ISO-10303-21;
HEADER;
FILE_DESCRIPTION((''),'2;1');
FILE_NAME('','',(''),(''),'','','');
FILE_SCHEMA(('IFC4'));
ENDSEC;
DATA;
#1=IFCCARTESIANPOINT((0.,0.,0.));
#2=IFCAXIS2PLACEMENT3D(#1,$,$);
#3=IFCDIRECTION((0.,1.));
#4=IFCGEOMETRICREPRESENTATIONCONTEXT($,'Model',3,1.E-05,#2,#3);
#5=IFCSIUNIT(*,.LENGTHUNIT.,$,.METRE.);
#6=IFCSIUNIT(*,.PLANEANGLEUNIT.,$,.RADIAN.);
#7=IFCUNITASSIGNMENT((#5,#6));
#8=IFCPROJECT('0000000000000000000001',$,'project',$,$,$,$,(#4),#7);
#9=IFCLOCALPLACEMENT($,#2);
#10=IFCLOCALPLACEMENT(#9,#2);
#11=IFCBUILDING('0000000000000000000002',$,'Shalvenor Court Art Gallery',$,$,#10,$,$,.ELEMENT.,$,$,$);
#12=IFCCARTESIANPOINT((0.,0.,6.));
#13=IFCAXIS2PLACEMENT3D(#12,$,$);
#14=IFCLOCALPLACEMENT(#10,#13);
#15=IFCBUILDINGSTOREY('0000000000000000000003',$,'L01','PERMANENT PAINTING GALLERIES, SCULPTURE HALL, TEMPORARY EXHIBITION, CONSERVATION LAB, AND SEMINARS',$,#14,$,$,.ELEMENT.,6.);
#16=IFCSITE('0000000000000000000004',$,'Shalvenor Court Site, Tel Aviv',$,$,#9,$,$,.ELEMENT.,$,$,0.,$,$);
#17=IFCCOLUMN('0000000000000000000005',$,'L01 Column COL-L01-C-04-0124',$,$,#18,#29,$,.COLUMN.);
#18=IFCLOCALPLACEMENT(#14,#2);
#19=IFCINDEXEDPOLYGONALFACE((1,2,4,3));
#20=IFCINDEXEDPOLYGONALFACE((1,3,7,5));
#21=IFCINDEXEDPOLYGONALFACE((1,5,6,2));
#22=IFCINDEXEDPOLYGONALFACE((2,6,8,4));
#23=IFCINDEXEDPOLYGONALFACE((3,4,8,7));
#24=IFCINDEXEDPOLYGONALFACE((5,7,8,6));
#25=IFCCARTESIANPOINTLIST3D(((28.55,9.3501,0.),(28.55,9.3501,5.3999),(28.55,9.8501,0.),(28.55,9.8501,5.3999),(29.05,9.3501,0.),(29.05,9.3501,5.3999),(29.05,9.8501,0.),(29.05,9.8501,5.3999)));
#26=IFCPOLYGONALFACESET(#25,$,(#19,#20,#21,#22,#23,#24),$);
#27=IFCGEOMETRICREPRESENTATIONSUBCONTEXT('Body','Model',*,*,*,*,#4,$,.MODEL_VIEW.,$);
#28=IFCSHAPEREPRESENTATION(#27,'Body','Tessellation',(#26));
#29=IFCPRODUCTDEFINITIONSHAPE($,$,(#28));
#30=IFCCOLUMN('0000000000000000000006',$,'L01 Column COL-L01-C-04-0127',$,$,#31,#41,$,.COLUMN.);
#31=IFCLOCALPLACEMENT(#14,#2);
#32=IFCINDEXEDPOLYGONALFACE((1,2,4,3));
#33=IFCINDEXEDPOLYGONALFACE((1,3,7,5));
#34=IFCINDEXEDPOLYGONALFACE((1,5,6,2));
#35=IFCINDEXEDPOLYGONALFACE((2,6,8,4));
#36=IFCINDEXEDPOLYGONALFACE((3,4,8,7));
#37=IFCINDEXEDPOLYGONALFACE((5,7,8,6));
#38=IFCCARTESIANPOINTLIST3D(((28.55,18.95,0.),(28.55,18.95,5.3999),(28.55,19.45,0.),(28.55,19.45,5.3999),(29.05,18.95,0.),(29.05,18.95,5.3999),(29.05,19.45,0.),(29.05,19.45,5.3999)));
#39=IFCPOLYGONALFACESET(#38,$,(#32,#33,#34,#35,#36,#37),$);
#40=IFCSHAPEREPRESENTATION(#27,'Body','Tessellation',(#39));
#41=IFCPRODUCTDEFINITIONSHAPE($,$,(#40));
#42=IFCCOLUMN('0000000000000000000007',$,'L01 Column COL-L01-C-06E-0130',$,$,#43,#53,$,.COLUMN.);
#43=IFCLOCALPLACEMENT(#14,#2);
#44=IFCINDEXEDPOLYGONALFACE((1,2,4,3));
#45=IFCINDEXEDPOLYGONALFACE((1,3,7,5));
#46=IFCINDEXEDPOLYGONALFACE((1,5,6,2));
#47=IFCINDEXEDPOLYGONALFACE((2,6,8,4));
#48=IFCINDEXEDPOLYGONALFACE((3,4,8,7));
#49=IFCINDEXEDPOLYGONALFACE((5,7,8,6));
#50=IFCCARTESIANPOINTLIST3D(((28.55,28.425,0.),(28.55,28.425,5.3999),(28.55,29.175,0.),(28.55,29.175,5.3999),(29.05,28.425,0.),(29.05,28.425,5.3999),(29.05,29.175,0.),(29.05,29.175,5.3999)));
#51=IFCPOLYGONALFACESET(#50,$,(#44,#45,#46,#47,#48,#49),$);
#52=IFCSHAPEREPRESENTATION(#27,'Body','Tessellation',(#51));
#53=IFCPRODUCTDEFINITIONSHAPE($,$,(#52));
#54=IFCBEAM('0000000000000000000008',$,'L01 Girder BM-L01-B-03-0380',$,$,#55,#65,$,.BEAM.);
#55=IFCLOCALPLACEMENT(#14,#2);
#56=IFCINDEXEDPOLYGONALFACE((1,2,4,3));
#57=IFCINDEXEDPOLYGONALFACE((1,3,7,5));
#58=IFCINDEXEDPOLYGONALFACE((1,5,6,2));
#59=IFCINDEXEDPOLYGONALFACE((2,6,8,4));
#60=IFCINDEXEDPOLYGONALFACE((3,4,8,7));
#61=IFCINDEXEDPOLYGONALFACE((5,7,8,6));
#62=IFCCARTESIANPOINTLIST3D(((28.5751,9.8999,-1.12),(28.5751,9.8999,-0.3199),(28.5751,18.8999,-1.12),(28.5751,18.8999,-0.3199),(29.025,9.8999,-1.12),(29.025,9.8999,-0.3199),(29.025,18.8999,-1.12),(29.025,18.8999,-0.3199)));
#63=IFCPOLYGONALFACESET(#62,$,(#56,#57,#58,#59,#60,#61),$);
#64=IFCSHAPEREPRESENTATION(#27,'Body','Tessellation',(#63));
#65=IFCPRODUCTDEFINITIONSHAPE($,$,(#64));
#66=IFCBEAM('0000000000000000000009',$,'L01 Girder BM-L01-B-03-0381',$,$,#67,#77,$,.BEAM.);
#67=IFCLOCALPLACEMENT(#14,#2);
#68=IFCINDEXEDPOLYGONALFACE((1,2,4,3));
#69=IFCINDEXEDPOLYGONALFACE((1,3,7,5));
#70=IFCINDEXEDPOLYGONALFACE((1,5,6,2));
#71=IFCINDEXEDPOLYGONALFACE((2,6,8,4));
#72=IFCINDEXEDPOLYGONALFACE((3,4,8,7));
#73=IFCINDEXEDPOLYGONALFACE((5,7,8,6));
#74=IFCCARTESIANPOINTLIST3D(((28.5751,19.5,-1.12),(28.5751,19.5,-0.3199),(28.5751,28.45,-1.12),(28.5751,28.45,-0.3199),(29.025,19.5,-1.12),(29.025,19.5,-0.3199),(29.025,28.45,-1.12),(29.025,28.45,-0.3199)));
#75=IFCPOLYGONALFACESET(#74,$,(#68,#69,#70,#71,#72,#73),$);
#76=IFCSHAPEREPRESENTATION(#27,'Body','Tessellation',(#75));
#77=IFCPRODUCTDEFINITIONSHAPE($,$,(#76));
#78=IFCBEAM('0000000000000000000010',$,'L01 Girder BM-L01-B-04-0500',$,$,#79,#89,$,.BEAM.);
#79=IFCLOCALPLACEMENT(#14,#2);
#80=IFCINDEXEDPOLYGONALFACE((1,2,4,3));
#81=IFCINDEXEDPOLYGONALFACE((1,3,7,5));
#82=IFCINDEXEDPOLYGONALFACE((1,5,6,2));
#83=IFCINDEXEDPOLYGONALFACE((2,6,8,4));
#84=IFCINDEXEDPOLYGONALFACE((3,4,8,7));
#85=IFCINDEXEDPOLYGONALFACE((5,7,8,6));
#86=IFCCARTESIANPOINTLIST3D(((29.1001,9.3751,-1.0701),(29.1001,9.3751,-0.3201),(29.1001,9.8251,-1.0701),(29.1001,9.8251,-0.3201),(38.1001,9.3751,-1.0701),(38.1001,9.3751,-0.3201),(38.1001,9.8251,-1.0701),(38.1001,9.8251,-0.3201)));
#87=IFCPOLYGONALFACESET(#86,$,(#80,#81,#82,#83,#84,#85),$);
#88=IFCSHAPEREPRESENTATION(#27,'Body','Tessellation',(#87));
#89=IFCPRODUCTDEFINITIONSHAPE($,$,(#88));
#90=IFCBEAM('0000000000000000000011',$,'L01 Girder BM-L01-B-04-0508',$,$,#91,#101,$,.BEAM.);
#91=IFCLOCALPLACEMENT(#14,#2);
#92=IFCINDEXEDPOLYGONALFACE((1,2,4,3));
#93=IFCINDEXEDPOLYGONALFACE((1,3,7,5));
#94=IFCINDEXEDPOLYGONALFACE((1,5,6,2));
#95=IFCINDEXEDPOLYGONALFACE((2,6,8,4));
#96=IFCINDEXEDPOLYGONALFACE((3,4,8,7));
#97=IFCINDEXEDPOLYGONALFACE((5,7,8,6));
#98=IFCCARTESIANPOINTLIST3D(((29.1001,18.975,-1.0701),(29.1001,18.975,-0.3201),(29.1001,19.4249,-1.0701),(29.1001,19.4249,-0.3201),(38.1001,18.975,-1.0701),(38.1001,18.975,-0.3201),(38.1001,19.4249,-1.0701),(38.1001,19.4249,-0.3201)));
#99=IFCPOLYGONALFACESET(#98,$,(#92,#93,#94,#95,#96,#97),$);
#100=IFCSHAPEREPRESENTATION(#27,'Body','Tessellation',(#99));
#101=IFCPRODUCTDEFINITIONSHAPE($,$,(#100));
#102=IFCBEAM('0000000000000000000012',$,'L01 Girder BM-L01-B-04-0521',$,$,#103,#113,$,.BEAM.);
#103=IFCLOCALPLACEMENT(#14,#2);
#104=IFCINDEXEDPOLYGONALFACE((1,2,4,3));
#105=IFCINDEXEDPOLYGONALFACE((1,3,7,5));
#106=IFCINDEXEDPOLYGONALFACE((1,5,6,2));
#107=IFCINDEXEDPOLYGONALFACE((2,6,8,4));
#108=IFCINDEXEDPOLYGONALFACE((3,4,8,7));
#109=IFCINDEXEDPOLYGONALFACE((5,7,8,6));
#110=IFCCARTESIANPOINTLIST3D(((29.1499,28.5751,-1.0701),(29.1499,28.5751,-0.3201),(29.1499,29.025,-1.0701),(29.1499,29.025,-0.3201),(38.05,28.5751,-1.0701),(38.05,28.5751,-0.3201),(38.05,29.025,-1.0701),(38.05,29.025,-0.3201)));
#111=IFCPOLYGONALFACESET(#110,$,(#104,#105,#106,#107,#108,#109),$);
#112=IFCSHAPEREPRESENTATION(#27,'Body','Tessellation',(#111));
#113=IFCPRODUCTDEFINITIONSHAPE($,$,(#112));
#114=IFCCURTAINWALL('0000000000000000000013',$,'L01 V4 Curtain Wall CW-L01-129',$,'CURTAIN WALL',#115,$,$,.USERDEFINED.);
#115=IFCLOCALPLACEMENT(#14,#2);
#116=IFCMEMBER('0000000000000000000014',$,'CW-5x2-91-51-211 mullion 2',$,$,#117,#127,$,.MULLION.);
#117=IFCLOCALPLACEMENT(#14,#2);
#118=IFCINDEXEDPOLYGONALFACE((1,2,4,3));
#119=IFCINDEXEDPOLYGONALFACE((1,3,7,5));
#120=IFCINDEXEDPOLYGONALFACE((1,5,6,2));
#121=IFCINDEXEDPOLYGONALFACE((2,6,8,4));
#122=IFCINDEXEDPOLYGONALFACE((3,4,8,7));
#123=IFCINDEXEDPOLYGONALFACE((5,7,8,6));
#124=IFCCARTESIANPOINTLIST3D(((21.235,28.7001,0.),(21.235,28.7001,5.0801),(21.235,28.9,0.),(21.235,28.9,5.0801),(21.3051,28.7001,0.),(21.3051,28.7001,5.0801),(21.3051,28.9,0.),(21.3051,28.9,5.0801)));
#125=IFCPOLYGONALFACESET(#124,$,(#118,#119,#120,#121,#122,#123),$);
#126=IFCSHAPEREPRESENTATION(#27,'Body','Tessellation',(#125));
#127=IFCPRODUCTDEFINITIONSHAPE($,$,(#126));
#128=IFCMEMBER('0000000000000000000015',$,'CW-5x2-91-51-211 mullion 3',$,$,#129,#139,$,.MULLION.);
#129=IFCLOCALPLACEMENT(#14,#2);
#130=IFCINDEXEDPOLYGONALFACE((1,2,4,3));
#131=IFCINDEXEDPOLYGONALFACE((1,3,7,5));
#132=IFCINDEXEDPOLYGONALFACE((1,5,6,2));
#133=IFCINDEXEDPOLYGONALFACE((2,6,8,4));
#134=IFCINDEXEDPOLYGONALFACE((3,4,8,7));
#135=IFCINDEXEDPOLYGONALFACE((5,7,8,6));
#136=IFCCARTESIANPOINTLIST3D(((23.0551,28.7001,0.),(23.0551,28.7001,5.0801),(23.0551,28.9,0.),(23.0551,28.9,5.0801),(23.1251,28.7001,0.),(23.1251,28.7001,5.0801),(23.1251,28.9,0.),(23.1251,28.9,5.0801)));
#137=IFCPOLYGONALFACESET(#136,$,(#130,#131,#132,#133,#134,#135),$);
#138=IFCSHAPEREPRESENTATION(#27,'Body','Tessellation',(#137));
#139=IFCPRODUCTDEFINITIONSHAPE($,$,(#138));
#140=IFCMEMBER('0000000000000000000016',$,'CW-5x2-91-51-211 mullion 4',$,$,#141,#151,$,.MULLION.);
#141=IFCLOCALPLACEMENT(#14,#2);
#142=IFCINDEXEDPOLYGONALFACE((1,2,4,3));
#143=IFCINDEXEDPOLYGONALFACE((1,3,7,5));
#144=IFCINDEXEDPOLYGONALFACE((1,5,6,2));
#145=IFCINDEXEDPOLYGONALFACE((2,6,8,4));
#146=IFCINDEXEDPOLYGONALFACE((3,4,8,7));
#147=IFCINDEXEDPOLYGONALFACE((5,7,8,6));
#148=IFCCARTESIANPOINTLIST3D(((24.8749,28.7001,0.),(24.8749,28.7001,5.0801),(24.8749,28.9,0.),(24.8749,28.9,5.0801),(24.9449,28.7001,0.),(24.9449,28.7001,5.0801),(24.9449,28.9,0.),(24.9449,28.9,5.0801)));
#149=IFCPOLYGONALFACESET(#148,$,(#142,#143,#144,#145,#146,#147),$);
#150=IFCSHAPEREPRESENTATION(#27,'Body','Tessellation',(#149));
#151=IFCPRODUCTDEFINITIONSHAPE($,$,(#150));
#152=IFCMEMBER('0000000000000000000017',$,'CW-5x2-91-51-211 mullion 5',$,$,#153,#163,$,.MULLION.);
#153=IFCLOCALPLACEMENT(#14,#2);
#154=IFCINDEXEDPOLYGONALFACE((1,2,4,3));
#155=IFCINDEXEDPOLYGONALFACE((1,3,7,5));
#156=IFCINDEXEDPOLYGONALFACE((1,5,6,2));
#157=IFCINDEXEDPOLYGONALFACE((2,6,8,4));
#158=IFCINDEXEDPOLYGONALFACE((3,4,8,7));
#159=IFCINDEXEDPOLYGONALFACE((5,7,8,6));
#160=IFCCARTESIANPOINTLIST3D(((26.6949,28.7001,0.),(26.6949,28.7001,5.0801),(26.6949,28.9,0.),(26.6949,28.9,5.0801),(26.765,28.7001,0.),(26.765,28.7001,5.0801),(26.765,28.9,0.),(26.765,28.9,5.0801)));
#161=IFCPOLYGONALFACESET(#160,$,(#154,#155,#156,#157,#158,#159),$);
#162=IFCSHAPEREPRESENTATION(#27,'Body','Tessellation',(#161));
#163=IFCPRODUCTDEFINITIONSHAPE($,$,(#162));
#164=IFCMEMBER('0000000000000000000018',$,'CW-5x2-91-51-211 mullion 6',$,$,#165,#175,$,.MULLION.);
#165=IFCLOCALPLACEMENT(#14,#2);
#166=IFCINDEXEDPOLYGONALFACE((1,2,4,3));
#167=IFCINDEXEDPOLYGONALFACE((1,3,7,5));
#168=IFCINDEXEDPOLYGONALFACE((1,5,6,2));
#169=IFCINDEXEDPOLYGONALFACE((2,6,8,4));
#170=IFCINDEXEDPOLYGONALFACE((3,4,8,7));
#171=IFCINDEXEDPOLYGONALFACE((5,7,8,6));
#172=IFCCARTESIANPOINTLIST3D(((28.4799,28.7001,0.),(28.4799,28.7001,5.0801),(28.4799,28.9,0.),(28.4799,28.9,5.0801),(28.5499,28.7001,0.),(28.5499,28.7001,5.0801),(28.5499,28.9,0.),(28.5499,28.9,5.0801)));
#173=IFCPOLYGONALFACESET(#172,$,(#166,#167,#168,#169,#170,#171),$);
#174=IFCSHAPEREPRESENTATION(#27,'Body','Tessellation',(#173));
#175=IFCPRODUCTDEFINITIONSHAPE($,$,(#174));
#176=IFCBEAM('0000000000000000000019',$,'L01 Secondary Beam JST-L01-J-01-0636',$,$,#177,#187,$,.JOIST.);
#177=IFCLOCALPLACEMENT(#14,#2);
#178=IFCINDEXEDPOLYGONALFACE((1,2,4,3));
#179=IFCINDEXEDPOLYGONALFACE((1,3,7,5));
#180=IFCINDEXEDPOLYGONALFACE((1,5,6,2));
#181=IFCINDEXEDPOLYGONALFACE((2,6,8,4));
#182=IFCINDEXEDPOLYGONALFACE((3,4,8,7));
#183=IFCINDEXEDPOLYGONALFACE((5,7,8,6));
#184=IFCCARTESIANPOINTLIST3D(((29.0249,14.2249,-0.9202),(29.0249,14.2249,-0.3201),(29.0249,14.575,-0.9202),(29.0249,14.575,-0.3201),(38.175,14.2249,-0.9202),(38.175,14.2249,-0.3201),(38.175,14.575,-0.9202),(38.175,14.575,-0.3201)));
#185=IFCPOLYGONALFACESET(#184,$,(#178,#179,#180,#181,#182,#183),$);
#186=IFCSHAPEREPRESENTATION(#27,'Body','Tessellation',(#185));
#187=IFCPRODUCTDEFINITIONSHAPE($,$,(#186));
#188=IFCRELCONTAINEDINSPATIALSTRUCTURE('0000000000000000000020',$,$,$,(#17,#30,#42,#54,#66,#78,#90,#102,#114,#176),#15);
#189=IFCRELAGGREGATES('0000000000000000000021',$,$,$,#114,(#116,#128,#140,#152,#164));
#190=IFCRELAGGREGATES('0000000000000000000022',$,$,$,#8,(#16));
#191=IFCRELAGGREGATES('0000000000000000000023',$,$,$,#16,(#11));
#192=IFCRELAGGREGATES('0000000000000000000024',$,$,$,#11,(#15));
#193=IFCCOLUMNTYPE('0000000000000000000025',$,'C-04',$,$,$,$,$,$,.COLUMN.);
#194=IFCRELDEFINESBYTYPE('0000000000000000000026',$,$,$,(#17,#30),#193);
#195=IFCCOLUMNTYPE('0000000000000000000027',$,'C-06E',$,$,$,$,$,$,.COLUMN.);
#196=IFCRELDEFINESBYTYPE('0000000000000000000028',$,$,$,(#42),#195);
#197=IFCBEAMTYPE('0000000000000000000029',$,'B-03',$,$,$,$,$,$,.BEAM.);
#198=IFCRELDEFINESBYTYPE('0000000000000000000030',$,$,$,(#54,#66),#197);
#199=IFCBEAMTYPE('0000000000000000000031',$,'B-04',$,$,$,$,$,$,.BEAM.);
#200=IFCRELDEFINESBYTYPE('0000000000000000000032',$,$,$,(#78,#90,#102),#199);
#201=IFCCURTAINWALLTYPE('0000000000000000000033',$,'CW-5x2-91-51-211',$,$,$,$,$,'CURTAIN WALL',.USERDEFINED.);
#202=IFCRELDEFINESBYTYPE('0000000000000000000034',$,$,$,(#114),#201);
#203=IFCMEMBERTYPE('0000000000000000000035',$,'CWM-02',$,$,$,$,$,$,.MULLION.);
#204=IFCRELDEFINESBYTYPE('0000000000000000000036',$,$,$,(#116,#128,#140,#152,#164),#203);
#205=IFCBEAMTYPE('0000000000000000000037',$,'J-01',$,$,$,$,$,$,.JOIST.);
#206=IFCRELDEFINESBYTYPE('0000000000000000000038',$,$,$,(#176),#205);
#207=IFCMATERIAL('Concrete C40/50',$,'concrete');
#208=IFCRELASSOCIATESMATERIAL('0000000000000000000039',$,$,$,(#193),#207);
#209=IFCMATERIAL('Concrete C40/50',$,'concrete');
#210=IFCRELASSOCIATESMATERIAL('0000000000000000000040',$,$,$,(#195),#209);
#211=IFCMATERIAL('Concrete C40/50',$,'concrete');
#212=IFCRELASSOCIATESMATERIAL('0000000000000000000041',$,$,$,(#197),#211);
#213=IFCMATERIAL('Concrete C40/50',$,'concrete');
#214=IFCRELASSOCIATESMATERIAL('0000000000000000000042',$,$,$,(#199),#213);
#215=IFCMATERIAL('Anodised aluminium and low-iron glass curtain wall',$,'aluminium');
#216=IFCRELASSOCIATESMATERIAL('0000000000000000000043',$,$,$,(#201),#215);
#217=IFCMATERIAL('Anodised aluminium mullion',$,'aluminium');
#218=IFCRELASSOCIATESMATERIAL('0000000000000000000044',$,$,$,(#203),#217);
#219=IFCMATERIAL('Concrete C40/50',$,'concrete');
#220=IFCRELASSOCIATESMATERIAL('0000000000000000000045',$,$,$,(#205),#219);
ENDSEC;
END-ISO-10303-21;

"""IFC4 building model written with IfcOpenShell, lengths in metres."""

from ifc_helpers import new_model, si_unit, direction, frame, origin, origin_2d, place, context, subcontext, project, spatial, rectangle, extrude, material, material_profile, profile_set, type_object, element, aggregate, save


model = new_model("IFC4")

# Units and contexts
model_context = context("Model", 3, precision=1e-05, world=origin(), true_north=direction((0.0, 1.0)))
body_context = subcontext(model_context, "Body", "Model", "MODEL_VIEW")
ifc_project = project(units=[si_unit("LENGTHUNIT", "METRE"), si_unit("PLANEANGLEUNIT", "RADIAN")], contexts=[model_context])

# Site, building, storey
site_placement = place(None, origin())
site = spatial("IfcSite", under=ifc_project, at=site_placement, Name="Shalvenor Court Site, Tel Aviv", CompositionType="ELEMENT", RefElevation=0.0)
building_placement = place(site_placement, origin())
building = spatial("IfcBuilding", under=site, at=building_placement, Name="Shalvenor Court Art Gallery", CompositionType="ELEMENT")
storey_placement = place(building_placement, frame((0.0, 0.0, 6.0)))
storey = spatial("IfcBuildingStorey", under=building, at=storey_placement, Name="L01", Description="PERMANENT PAINTING GALLERIES, SCULPTURE HALL, TEMPORARY EXHIBITION, CONSERVATION LAB, AND SEMINARS", CompositionType="ELEMENT", Elevation=6.0)

# Columns
ifc_material_1 = material(Name="Concrete C40/50", Category="concrete")
ifc_material_profile_1 = material_profile(ifc_material_1, rectangle(XDim=0.5, YDim=0.5, at=origin_2d()), Name="RC 500x500")
ifc_profile_set_1 = profile_set([ifc_material_profile_1], Name="Concrete C40/50")
column_type_1 = type_object("IfcColumnType", Name="C-04", PredefinedType="COLUMN", material=ifc_profile_set_1)
for number, where, z_axis, x_axis, name in (
    (1, (28.8, 9.6001, 0.0), (0.0, 0.0, 1.0), (1.0, 0.0, 0.0), "L01 Column COL-L01-C-04-0124"),
    (2, (28.8, 19.2, 0.0), (0.0, 0.0, 1.0), (1.0, 0.0, 0.0), "L01 Column COL-L01-C-04-0127"),
):
    element("IfcColumn", number, at=place(storey_placement, frame(where, z_axis=z_axis, x_axis=x_axis)), inside=storey, type_object=column_type_1, Name=name, PredefinedType="COLUMN", context=body_context, shape_type="SweptSolid", body=[
        extrude(rectangle(XDim=0.5, YDim=0.5, at=origin_2d()), origin(), (0.0, 0.0, 1.0), 5.3999),
    ])
ifc_material_2 = material(Name="Concrete C40/50", Category="concrete")
ifc_material_profile_2 = material_profile(ifc_material_2, rectangle(XDim=0.5, YDim=0.75, at=origin_2d()), Name="RC 500x750")
ifc_profile_set_2 = profile_set([ifc_material_profile_2], Name="Concrete C40/50")
column_type_2 = type_object("IfcColumnType", Name="C-06E", PredefinedType="COLUMN", material=ifc_profile_set_2)
column_placement = place(storey_placement, frame((28.8, 28.8, 0.0), z_axis=(0.0, 0.0, 1.0), x_axis=(1.0, 0.0, 0.0)))
element("IfcColumn", 3, at=column_placement, inside=storey, type_object=column_type_2, Name="L01 Column COL-L01-C-06E-0130", PredefinedType="COLUMN", context=body_context, shape_type="SweptSolid", body=[
    extrude(rectangle(XDim=0.5, YDim=0.75, at=origin_2d()), origin(), (0.0, 0.0, 1.0), 5.3999),
])

# Beams
ifc_material_3 = material(Name="Concrete C40/50", Category="concrete")
ifc_material_profile_3 = material_profile(ifc_material_3, rectangle(XDim=0.45, YDim=0.8, at=origin_2d()), Name="RC 450x800")
ifc_profile_set_3 = profile_set([ifc_material_profile_3], Name="Concrete C40/50")
beam_type_1 = type_object("IfcBeamType", Name="B-03", PredefinedType="BEAM", material=ifc_profile_set_3)
beam_1_placement = place(storey_placement, frame((28.8, 9.8999, -0.72), z_axis=(0.0, 1.0, 0.0), x_axis=(-1.0, 0.0, 0.0)))
element("IfcBeam", 4, at=beam_1_placement, inside=storey, type_object=beam_type_1, Name="L01 Girder BM-L01-B-03-0380", PredefinedType="BEAM", context=body_context, shape_type="SweptSolid", body=[
    extrude(rectangle(XDim=0.45, YDim=0.8, at=origin_2d()), origin(), (0.0, 0.0, 1.0), 9.0),
])
beam_2_placement = place(storey_placement, frame((28.8, 19.5, -0.72), z_axis=(0.0, 1.0, 0.0), x_axis=(-1.0, 0.0, 0.0)))
element("IfcBeam", 5, at=beam_2_placement, inside=storey, type_object=beam_type_1, Name="L01 Girder BM-L01-B-03-0381", PredefinedType="BEAM", context=body_context, shape_type="SweptSolid", body=[
    extrude(rectangle(XDim=0.45, YDim=0.8, at=origin_2d()), origin(), (0.0, 0.0, 1.0), 8.95),
])
ifc_material_4 = material(Name="Concrete C40/50", Category="concrete")
ifc_material_profile_4 = material_profile(ifc_material_4, rectangle(XDim=0.45, YDim=0.75, at=origin_2d()), Name="RC 450x750")
ifc_profile_set_4 = profile_set([ifc_material_profile_4], Name="Concrete C40/50")
beam_type_2 = type_object("IfcBeamType", Name="B-04", PredefinedType="BEAM", material=ifc_profile_set_4)
for number, where, z_axis, x_axis, name in (
    (6, (29.1001, 9.6001, -0.6951), (1.0, 0.0, 0.0), (0.0, 1.0, 0.0), "L01 Girder BM-L01-B-04-0500"),
    (7, (29.1001, 19.2, -0.6951), (1.0, 0.0, 0.0), (0.0, 1.0, 0.0), "L01 Girder BM-L01-B-04-0508"),
):
    element("IfcBeam", number, at=place(storey_placement, frame(where, z_axis=z_axis, x_axis=x_axis)), inside=storey, type_object=beam_type_2, Name=name, PredefinedType="BEAM", context=body_context, shape_type="SweptSolid", body=[
        extrude(rectangle(XDim=0.45, YDim=0.75, at=origin_2d()), origin(), (0.0, 0.0, 1.0), 9.0),
    ])
beam_3_placement = place(storey_placement, frame((29.1499, 28.8, -0.6951), z_axis=(1.0, 0.0, 0.0), x_axis=(0.0, 1.0, 0.0)))
element("IfcBeam", 8, at=beam_3_placement, inside=storey, type_object=beam_type_2, Name="L01 Girder BM-L01-B-04-0521", PredefinedType="BEAM", context=body_context, shape_type="SweptSolid", body=[
    extrude(rectangle(XDim=0.45, YDim=0.75, at=origin_2d()), origin(), (0.0, 0.0, 1.0), 8.9001),
])

# Curtain wall, members
ifc_material_5 = material(Name="Anodised aluminium and low-iron glass curtain wall", Category="aluminium")
curtain_wall_type = type_object("IfcCurtainWallType", Name="CW-5x2-91-51-211", ElementType="CURTAIN WALL", PredefinedType="USERDEFINED", material=ifc_material_5)
curtain_wall_placement = place(storey_placement, origin())
curtain_wall = element("IfcCurtainWall", 9, at=curtain_wall_placement, inside=storey, type_object=curtain_wall_type, Name="L01 V4 Curtain Wall CW-L01-129", ObjectType="CURTAIN WALL", PredefinedType="USERDEFINED")
ifc_material_6 = material(Name="Anodised aluminium mullion", Category="aluminium")
ifc_material_profile_5 = material_profile(ifc_material_6, rectangle(XDim=0.0701, YDim=0.2, at=origin_2d()), Name="CWM-02")
ifc_profile_set_5 = profile_set([ifc_material_profile_5], Name="Anodised aluminium mullion")
member_type = type_object("IfcMemberType", Name="CWM-02", PredefinedType="MULLION", material=ifc_profile_set_5)
member_1_placement = place(storey_placement, frame((21.27, 28.8, 0.0), z_axis=(0.0, 0.0, 1.0), x_axis=(1.0, 0.0, 0.0)))
member_1 = element("IfcMember", 10, at=member_1_placement, type_object=member_type, Name="CW-5x2-91-51-211 mullion 2", PredefinedType="MULLION", context=body_context, shape_type="SweptSolid", body=[
    extrude(rectangle(XDim=0.0701, YDim=0.2, at=origin_2d()), origin(), (0.0, 0.0, 1.0), 5.0801),
])
member_2_placement = place(storey_placement, frame((23.0901, 28.8, 0.0), z_axis=(0.0, 0.0, 1.0), x_axis=(1.0, 0.0, 0.0)))
member_2 = element("IfcMember", 11, at=member_2_placement, type_object=member_type, Name="CW-5x2-91-51-211 mullion 3", PredefinedType="MULLION", context=body_context, shape_type="SweptSolid", body=[
    extrude(rectangle(XDim=0.0701, YDim=0.2, at=origin_2d()), origin(), (0.0, 0.0, 1.0), 5.0801),
])
member_3_placement = place(storey_placement, frame((24.9099, 28.8, 0.0), z_axis=(0.0, 0.0, 1.0), x_axis=(1.0, 0.0, 0.0)))
member_3 = element("IfcMember", 12, at=member_3_placement, type_object=member_type, Name="CW-5x2-91-51-211 mullion 4", PredefinedType="MULLION", context=body_context, shape_type="SweptSolid", body=[
    extrude(rectangle(XDim=0.0701, YDim=0.2, at=origin_2d()), origin(), (0.0, 0.0, 1.0), 5.0801),
])
member_4_placement = place(storey_placement, frame((26.73, 28.8, 0.0), z_axis=(0.0, 0.0, 1.0), x_axis=(1.0, 0.0, 0.0)))
member_4 = element("IfcMember", 13, at=member_4_placement, type_object=member_type, Name="CW-5x2-91-51-211 mullion 5", PredefinedType="MULLION", context=body_context, shape_type="SweptSolid", body=[
    extrude(rectangle(XDim=0.0701, YDim=0.2, at=origin_2d()), origin(), (0.0, 0.0, 1.0), 5.0801),
])
member_5_placement = place(storey_placement, frame((28.5149, 28.8, 0.0), z_axis=(0.0, 0.0, 1.0), x_axis=(1.0, 0.0, 0.0)))
member_5 = element("IfcMember", 14, at=member_5_placement, type_object=member_type, Name="CW-5x2-91-51-211 mullion 6", PredefinedType="MULLION", context=body_context, shape_type="SweptSolid", body=[
    extrude(rectangle(XDim=0.0701, YDim=0.2, at=origin_2d()), origin(), (0.0, 0.0, 1.0), 5.0801),
])

# Beam
ifc_material_7 = material(Name="Concrete C40/50", Category="concrete")
ifc_material_profile_6 = material_profile(ifc_material_7, rectangle(XDim=0.3501, YDim=0.6001, at=origin_2d()), Name="RC 350x600")
ifc_profile_set_6 = profile_set([ifc_material_profile_6], Name="Concrete C40/50")
beam_type_3 = type_object("IfcBeamType", Name="J-01", PredefinedType="JOIST", material=ifc_profile_set_6)
beam_4_placement = place(storey_placement, frame((29.0249, 14.3999, -0.6201), z_axis=(1.0, 0.0, 0.0), x_axis=(0.0, 1.0, 0.0)))
element("IfcBeam", 15, at=beam_4_placement, inside=storey, type_object=beam_type_3, Name="L01 Secondary Beam JST-L01-J-01-0636", PredefinedType="JOIST", context=body_context, shape_type="SweptSolid", body=[
    extrude(rectangle(XDim=0.3501, YDim=0.6001, at=origin_2d()), origin(), (0.0, 0.0, 1.0), 9.1501),
])

aggregate(curtain_wall, [member_1, member_2, member_3, member_4, member_5])

save(model, "model.ifc")
